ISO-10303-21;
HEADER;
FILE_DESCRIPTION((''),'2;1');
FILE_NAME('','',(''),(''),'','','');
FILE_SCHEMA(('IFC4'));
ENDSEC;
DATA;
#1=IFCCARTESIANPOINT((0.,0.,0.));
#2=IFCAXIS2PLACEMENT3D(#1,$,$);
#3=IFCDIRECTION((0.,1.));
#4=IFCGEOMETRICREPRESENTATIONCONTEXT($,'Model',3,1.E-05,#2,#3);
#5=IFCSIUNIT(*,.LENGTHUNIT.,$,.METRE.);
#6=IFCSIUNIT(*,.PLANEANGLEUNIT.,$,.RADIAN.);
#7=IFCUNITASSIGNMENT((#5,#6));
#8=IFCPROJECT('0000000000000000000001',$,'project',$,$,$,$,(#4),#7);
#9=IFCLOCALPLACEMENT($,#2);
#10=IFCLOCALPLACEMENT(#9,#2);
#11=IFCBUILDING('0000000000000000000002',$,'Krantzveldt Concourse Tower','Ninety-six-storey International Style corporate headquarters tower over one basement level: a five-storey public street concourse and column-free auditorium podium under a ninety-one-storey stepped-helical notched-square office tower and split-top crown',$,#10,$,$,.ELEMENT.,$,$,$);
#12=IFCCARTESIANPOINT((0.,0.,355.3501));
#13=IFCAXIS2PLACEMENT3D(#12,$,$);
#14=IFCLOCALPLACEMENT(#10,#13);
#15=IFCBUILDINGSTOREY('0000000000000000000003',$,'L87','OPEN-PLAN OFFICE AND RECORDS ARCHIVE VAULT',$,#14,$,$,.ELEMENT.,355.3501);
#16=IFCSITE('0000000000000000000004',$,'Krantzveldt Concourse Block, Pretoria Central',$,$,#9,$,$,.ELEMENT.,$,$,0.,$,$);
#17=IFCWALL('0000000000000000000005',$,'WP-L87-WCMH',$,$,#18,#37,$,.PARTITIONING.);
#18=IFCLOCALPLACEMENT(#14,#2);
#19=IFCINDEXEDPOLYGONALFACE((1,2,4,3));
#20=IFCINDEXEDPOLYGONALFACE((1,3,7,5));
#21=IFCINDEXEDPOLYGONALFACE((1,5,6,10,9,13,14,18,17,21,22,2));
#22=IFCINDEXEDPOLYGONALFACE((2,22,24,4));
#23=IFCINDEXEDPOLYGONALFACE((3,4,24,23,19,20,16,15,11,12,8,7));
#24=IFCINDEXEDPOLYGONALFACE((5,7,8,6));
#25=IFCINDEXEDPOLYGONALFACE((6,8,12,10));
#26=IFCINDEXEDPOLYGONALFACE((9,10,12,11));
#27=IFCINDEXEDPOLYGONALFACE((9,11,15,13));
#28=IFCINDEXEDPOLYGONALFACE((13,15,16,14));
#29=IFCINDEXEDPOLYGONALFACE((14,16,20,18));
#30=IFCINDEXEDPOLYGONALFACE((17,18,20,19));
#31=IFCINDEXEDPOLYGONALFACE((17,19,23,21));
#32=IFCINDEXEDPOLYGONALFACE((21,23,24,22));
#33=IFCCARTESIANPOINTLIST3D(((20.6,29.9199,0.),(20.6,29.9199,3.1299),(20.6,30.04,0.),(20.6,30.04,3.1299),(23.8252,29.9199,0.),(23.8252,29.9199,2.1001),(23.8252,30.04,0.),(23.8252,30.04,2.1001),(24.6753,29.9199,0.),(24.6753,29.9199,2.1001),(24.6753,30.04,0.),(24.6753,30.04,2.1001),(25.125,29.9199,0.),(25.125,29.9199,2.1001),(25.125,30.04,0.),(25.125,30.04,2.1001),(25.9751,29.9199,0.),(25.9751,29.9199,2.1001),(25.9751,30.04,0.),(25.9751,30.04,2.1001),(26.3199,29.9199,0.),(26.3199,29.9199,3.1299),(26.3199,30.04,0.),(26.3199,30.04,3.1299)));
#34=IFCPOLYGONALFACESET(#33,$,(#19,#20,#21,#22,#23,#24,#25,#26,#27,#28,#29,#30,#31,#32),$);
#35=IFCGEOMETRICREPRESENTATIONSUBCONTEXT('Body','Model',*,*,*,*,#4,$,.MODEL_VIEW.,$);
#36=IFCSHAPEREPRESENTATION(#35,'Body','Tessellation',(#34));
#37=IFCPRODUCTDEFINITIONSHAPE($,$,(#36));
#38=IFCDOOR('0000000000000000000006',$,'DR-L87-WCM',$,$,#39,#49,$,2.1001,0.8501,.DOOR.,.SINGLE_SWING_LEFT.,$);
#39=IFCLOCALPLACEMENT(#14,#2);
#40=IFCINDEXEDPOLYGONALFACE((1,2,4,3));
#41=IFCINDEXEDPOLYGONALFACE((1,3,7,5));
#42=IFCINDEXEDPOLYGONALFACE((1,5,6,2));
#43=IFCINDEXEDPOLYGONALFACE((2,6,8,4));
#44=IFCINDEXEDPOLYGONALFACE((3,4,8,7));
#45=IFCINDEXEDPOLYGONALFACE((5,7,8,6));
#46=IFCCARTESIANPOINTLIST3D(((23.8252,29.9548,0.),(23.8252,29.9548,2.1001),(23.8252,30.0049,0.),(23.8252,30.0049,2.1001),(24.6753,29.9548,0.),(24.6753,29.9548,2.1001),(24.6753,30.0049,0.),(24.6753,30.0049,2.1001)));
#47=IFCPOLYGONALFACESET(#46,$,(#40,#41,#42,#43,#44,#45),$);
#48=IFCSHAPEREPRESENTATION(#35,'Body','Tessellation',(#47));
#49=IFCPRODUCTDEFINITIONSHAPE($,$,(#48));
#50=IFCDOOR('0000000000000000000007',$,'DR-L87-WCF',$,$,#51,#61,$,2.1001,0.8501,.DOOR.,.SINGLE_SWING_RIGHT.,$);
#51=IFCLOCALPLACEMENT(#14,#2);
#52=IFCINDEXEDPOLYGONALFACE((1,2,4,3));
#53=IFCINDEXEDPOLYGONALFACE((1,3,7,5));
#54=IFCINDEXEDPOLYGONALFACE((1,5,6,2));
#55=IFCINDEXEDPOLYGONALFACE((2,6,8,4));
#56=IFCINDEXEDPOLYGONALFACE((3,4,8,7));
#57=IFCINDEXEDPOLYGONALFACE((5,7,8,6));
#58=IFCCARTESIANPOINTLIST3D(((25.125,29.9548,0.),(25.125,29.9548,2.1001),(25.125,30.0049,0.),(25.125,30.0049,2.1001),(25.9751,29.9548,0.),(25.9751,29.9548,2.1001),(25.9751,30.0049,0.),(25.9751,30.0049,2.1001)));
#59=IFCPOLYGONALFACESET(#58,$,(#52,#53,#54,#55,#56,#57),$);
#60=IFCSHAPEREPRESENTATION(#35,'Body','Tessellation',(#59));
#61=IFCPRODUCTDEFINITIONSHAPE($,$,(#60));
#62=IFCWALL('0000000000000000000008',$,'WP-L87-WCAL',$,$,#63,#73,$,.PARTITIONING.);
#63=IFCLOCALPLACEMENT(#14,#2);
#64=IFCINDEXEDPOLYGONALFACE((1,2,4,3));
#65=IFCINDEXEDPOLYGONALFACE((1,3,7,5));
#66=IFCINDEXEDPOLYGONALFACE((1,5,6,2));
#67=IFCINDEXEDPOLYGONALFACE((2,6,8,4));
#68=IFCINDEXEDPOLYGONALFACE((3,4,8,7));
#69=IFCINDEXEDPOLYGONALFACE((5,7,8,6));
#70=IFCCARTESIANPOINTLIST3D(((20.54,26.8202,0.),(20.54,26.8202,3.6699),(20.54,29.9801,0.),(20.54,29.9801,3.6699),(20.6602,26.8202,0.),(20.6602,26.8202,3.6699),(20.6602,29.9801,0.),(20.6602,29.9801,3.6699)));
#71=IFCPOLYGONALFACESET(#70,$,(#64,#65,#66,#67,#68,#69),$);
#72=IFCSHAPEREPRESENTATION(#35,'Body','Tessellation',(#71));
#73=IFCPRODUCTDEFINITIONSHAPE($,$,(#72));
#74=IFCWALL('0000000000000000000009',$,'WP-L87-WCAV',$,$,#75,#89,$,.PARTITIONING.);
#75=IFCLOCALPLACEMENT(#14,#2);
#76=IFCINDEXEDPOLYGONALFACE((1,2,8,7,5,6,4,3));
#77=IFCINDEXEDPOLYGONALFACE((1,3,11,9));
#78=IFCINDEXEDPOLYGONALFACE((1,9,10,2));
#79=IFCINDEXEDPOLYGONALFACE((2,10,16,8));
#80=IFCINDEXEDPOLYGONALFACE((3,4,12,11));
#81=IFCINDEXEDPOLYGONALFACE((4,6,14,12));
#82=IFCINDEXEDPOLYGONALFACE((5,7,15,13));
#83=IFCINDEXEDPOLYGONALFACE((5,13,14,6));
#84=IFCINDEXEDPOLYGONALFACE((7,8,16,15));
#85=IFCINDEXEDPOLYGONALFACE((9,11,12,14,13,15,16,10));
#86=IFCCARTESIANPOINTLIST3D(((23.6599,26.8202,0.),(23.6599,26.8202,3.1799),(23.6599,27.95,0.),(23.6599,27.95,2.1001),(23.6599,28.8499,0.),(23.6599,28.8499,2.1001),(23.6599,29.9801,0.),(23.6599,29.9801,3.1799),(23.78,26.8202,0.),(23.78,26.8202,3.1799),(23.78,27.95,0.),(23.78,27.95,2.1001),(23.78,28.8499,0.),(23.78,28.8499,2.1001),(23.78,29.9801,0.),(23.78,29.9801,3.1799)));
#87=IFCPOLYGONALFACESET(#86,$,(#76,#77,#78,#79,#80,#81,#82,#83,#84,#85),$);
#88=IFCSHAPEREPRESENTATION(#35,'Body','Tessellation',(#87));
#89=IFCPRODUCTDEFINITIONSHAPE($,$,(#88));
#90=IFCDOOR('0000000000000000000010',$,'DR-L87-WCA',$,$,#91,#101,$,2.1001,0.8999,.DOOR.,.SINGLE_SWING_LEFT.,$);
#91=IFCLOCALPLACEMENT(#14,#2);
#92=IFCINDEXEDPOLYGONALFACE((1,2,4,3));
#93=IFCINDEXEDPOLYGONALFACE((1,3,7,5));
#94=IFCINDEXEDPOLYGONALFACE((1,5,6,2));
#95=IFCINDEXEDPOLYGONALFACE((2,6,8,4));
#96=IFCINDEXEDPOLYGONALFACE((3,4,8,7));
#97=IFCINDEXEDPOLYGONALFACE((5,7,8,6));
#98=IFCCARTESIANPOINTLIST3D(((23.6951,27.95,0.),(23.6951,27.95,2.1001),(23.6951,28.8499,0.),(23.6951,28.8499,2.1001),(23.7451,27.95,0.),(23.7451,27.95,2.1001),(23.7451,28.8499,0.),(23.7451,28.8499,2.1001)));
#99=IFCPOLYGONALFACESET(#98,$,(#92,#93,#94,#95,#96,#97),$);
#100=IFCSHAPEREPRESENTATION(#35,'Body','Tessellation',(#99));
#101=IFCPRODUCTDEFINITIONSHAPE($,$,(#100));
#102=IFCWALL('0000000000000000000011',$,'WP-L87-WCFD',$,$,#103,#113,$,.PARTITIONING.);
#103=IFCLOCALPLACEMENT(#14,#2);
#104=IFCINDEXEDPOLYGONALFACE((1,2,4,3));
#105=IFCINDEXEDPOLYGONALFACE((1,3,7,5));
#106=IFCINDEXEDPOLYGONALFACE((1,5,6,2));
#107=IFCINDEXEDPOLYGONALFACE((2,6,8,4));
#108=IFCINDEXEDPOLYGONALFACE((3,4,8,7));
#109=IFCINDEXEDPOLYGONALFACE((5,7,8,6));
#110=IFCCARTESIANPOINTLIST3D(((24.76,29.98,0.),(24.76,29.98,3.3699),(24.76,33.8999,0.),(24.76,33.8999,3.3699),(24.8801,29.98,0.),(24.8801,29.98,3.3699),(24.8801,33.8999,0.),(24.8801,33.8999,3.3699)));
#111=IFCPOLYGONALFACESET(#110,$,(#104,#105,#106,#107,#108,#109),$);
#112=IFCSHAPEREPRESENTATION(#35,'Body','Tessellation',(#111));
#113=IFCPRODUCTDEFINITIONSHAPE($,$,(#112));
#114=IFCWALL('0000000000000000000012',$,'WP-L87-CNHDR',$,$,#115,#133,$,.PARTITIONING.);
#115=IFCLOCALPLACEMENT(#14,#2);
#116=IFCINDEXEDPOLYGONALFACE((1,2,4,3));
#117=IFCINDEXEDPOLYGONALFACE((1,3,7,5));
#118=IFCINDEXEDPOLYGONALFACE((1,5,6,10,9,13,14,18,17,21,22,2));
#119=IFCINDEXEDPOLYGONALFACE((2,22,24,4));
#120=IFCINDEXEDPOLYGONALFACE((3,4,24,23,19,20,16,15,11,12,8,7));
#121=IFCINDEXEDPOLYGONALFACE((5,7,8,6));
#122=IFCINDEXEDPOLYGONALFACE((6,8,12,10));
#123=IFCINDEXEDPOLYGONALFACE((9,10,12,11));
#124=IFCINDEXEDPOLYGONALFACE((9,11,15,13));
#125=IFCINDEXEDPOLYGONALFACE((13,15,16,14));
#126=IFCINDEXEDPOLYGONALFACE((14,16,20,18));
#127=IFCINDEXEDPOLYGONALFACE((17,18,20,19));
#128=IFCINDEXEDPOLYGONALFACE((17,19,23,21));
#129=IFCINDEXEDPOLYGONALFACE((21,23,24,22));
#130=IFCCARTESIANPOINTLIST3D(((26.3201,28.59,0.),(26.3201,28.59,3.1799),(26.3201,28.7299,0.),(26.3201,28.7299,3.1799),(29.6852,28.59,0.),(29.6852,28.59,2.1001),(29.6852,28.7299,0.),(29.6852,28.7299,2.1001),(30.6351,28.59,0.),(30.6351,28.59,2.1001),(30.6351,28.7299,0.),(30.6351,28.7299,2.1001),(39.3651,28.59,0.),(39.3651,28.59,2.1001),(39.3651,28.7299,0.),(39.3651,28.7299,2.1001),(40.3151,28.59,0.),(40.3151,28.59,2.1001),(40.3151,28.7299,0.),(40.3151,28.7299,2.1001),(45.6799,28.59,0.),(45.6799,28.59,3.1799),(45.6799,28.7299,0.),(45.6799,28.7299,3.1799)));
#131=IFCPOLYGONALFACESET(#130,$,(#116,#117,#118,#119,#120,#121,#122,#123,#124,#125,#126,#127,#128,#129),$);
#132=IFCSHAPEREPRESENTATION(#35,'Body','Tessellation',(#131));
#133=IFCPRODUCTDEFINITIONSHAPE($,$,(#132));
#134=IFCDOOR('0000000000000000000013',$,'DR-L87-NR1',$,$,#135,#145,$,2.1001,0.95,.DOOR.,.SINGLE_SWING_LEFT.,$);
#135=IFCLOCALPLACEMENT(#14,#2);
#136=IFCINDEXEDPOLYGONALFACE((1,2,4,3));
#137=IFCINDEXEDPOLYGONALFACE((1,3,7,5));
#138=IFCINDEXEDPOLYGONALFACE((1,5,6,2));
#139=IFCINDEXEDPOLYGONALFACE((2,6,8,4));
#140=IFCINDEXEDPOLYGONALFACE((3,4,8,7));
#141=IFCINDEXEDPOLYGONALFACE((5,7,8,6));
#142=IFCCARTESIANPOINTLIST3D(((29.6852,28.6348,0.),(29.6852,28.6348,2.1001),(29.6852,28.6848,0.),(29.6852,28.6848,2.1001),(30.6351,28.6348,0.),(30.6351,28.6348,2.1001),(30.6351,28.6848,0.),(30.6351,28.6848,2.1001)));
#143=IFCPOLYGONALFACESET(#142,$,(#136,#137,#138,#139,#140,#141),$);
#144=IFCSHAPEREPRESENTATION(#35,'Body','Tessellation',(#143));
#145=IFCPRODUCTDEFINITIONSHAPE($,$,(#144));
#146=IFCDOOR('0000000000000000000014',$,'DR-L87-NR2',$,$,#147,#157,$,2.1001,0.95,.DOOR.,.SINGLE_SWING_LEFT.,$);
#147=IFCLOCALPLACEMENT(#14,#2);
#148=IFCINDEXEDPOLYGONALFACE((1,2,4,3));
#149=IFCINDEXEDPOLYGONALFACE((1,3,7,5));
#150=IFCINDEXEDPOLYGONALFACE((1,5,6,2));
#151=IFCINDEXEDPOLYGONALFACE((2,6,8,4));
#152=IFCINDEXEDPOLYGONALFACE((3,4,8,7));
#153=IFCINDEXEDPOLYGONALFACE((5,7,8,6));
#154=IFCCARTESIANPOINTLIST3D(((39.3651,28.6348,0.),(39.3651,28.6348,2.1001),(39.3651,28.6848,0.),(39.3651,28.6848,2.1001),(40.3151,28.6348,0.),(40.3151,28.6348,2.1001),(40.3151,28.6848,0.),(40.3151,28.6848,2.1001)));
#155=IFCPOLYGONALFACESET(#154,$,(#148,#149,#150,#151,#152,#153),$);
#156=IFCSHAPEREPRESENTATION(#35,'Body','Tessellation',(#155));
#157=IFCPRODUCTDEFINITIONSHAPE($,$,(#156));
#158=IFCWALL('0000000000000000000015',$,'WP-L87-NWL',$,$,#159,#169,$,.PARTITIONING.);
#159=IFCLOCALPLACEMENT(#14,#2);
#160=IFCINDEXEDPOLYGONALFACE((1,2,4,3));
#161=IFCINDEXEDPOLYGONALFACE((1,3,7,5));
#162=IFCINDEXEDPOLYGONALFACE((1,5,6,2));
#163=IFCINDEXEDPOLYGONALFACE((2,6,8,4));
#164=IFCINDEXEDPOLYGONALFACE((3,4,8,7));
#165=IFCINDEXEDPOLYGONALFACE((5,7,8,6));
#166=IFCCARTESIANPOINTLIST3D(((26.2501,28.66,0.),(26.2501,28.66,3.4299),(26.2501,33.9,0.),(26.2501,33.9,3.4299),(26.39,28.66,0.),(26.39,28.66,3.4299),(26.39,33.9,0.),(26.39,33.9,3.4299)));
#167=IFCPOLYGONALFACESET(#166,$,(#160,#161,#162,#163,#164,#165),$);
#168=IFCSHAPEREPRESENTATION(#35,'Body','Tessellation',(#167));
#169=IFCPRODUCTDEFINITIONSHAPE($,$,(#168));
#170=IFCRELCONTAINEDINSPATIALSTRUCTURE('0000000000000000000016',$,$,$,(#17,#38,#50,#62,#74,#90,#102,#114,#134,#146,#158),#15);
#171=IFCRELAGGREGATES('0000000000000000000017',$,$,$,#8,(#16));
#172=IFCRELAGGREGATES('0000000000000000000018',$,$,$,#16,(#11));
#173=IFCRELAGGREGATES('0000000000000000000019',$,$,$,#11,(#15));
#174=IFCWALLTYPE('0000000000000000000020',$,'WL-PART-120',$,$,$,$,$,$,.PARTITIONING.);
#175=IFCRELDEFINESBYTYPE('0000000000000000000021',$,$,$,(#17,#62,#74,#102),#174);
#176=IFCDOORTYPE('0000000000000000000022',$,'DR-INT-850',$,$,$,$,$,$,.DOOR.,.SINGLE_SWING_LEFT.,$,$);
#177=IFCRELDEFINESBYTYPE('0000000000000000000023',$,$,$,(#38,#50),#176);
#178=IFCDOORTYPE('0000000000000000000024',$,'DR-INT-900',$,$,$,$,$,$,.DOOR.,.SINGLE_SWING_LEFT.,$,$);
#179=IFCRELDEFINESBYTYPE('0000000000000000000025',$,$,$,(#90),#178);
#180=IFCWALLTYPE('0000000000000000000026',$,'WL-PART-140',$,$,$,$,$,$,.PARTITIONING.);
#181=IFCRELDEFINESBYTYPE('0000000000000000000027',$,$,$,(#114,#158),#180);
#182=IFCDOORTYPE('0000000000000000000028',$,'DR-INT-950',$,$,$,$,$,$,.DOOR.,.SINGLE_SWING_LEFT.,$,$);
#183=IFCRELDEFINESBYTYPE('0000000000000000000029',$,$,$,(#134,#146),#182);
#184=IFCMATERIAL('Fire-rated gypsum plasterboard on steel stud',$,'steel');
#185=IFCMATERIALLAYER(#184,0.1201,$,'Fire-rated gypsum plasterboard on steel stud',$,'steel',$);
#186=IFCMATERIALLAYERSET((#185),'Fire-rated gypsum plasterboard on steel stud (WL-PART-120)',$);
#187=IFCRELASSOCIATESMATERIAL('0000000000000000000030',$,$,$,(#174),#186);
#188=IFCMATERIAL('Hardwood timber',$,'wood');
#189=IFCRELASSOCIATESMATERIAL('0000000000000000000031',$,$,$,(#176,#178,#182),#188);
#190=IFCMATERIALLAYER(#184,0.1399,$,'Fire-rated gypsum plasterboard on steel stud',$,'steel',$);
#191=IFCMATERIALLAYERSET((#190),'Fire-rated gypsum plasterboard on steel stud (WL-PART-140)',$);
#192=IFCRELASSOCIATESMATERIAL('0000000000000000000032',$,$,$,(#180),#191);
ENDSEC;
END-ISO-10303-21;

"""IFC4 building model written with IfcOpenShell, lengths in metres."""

from ifc_helpers import new_model, si_unit, direction, frame, frame_2d, origin, place, context, subcontext, project, spatial, rectangle, extrude, material, layer, layer_set, type_object, element, fill, save


model = new_model("IFC4")

# Units and contexts
model_context = context("Model", 3, precision=1e-05, world=origin(), true_north=direction((0.0, 1.0)))
body_context = subcontext(model_context, "Body", "Model", "MODEL_VIEW")
ifc_project = project(units=[si_unit("LENGTHUNIT", "METRE"), si_unit("PLANEANGLEUNIT", "RADIAN")], contexts=[model_context])

# Site, building, storey
site_placement = place(None, origin())
site = spatial("IfcSite", under=ifc_project, at=site_placement, Name="Krantzveldt Concourse Block, Pretoria Central", CompositionType="ELEMENT", RefElevation=0.0)
building_placement = place(site_placement, origin())
building = spatial("IfcBuilding", under=site, at=building_placement, Name="Krantzveldt Concourse Tower", Description="Ninety-six-storey International Style corporate headquarters tower over one basement level: a five-storey public street concourse and column-free auditorium podium under a ninety-one-storey stepped-helical notched-square office tower and split-top crown", CompositionType="ELEMENT")
storey_placement = place(building_placement, frame((0.0, 0.0, 355.3501)))
storey = spatial("IfcBuildingStorey", under=building, at=storey_placement, Name="L87", Description="OPEN-PLAN OFFICE AND RECORDS ARCHIVE VAULT", CompositionType="ELEMENT", Elevation=355.3501)

# Shared definitions
ifc_material_1 = material(Name="Fire-rated gypsum plasterboard on steel stud", Category="steel")
ifc_layer_1 = layer(ifc_material_1, 0.1201, Name="Fire-rated gypsum plasterboard on steel stud", Category="steel")
ifc_layer_set_1 = layer_set([ifc_layer_1], Name="Fire-rated gypsum plasterboard on steel stud (WL-PART-120)")
wall_type_1 = type_object("IfcWallType", Name="WL-PART-120", PredefinedType="PARTITIONING", material=ifc_layer_set_1)

# Wall, openings, doors
wall_1_placement = place(storey_placement, frame((20.6001, 29.98, 0.0), z_axis=(0.0, 0.0, 1.0), x_axis=(1.0, 0.0, 0.0)))
wall_1 = element("IfcWall", 1, at=wall_1_placement, inside=storey, type_object=wall_type_1, Name="WP-L87-WCMH", PredefinedType="PARTITIONING", context=body_context, shape_type="SweptSolid", body=[
    extrude(rectangle(XDim=5.72, YDim=0.1201, at=frame_2d((2.8599, 0.0))), origin(), (0.0, 0.0, 1.0), 3.1299),
])
opening_1_placement = place(wall_1_placement, frame((3.2251, 0.0, 0.0)))
opening_1 = element("IfcOpeningElement", 2, at=opening_1_placement, cuts=wall_1, PredefinedType="OPENING", context=body_context, shape_type="SweptSolid", body=[
    extrude(rectangle(XDim=0.8501, YDim=2.1001, at=frame_2d((0.425, 1.05))), frame((0.0, 0.0701, 0.0), z_axis=(0.0, -1.0, 0.0), x_axis=(1.0, 0.0, 0.0)), (0.0, 0.0, 1.0), 0.1401),
])
opening_2_placement = place(wall_1_placement, frame((4.5249, 0.0, 0.0)))
opening_2 = element("IfcOpeningElement", 3, at=opening_2_placement, cuts=wall_1, PredefinedType="OPENING", context=body_context, shape_type="SweptSolid", body=[
    extrude(rectangle(XDim=0.8501, YDim=2.1001, at=frame_2d((0.425, 1.05))), frame((0.0, 0.0701, 0.0), z_axis=(0.0, -1.0, 0.0), x_axis=(1.0, 0.0, 0.0)), (0.0, 0.0, 1.0), 0.1401),
])
ifc_material_2 = material(Name="Hardwood timber", Category="wood")
door_type_1 = type_object("IfcDoorType", Name="DR-INT-850", OperationType="SINGLE_SWING_LEFT", PredefinedType="DOOR", material=ifc_material_2)
door_1_placement = place(opening_1_placement, origin())
door_1 = element("IfcDoor", 4, at=door_1_placement, inside=storey, type_object=door_type_1, Name="DR-L87-WCM", OperationType="SINGLE_SWING_LEFT", OverallHeight=2.1001, OverallWidth=0.8501, PredefinedType="DOOR", context=body_context, shape_type="SweptSolid", body=[
    extrude(rectangle(XDim=0.8501, YDim=2.1001, at=frame_2d((0.425, 1.05))), frame((0.0, 0.0249, 0.0), z_axis=(0.0, -1.0, 0.0), x_axis=(1.0, 0.0, 0.0)), (0.0, 0.0, 1.0), 0.05),
])
fill(opening_1, door_1)
door_2_placement = place(opening_2_placement, origin())
door_2 = element("IfcDoor", 5, at=door_2_placement, inside=storey, type_object=door_type_1, Name="DR-L87-WCF", OperationType="SINGLE_SWING_RIGHT", OverallHeight=2.1001, OverallWidth=0.8501, PredefinedType="DOOR", context=body_context, shape_type="SweptSolid", body=[
    extrude(rectangle(XDim=0.8501, YDim=2.1001, at=frame_2d((0.425, 1.05))), frame((0.0, 0.0249, 0.0), z_axis=(0.0, -1.0, 0.0), x_axis=(1.0, 0.0, 0.0)), (0.0, 0.0, 1.0), 0.05),
])
fill(opening_2, door_2)

# Wall
wall_2_placement = place(storey_placement, frame((20.6001, 26.8201, 0.0), z_axis=(0.0, 0.0, 1.0), x_axis=(0.0, 1.0, 0.0)))
element("IfcWall", 6, at=wall_2_placement, inside=storey, type_object=wall_type_1, Name="WP-L87-WCAL", PredefinedType="PARTITIONING", context=body_context, shape_type="SweptSolid", body=[
    extrude(rectangle(XDim=3.1599, YDim=0.1201, at=frame_2d((1.5801, 0.0))), origin(), (0.0, 0.0, 1.0), 3.6699),
])

# Wall, opening, door
wall_3_placement = place(storey_placement, frame((23.72, 26.8201, 0.0), z_axis=(0.0, 0.0, 1.0), x_axis=(0.0, 1.0, 0.0)))
wall_3 = element("IfcWall", 7, at=wall_3_placement, inside=storey, type_object=wall_type_1, Name="WP-L87-WCAV", PredefinedType="PARTITIONING", context=body_context, shape_type="SweptSolid", body=[
    extrude(rectangle(XDim=3.1599, YDim=0.1201, at=frame_2d((1.5801, 0.0))), origin(), (0.0, 0.0, 1.0), 3.1799),
])
opening_3_placement = place(wall_3_placement, frame((1.1299, 0.0, 0.0)))
opening_3 = element("IfcOpeningElement", 8, at=opening_3_placement, cuts=wall_3, PredefinedType="OPENING", context=body_context, shape_type="SweptSolid", body=[
    extrude(rectangle(XDim=0.8999, YDim=2.1001, at=frame_2d((0.45, 1.05))), frame((0.0, 0.0701, 0.0), z_axis=(0.0, -1.0, 0.0), x_axis=(1.0, 0.0, 0.0)), (0.0, 0.0, 1.0), 0.1401),
])
door_type_2 = type_object("IfcDoorType", Name="DR-INT-900", OperationType="SINGLE_SWING_LEFT", PredefinedType="DOOR", material=ifc_material_2)
door_3_placement = place(opening_3_placement, origin())
door_3 = element("IfcDoor", 9, at=door_3_placement, inside=storey, type_object=door_type_2, Name="DR-L87-WCA", OperationType="SINGLE_SWING_LEFT", OverallHeight=2.1001, OverallWidth=0.8999, PredefinedType="DOOR", context=body_context, shape_type="SweptSolid", body=[
    extrude(rectangle(XDim=0.8999, YDim=2.1001, at=frame_2d((0.45, 1.05))), frame((0.0, 0.0249, 0.0), z_axis=(0.0, -1.0, 0.0), x_axis=(1.0, 0.0, 0.0)), (0.0, 0.0, 1.0), 0.05),
])
fill(opening_3, door_3)

# Wall
wall_4_placement = place(storey_placement, frame((24.8201, 29.98, 0.0), z_axis=(0.0, 0.0, 1.0), x_axis=(0.0, 1.0, 0.0)))
element("IfcWall", 10, at=wall_4_placement, inside=storey, type_object=wall_type_1, Name="WP-L87-WCFD", PredefinedType="PARTITIONING", context=body_context, shape_type="SweptSolid", body=[
    extrude(rectangle(XDim=3.9199, YDim=0.1201, at=frame_2d((1.96, 0.0))), origin(), (0.0, 0.0, 1.0), 3.3699),
])

# Wall, openings, doors
ifc_layer_2 = layer(ifc_material_1, 0.1399, Name="Fire-rated gypsum plasterboard on steel stud", Category="steel")
ifc_layer_set_2 = layer_set([ifc_layer_2], Name="Fire-rated gypsum plasterboard on steel stud (WL-PART-140)")
wall_type_2 = type_object("IfcWallType", Name="WL-PART-140", PredefinedType="PARTITIONING", material=ifc_layer_set_2)
wall_5_placement = place(storey_placement, frame((26.3201, 28.6599, 0.0), z_axis=(0.0, 0.0, 1.0), x_axis=(1.0, 0.0, 0.0)))
wall_5 = element("IfcWall", 11, at=wall_5_placement, inside=storey, type_object=wall_type_2, Name="WP-L87-CNHDR", PredefinedType="PARTITIONING", context=body_context, shape_type="SweptSolid", body=[
    extrude(rectangle(XDim=19.3599, YDim=0.1399, at=frame_2d((9.6799, 0.0))), origin(), (0.0, 0.0, 1.0), 3.1799),
])
opening_4_placement = place(wall_5_placement, frame((3.365, 0.0, 0.0)))
opening_4 = element("IfcOpeningElement", 12, at=opening_4_placement, cuts=wall_5, PredefinedType="OPENING", context=body_context, shape_type="SweptSolid", body=[
    extrude(rectangle(XDim=0.95, YDim=2.1001, at=frame_2d((0.4751, 1.05))), frame((0.0, 0.0801, 0.0), z_axis=(0.0, -1.0, 0.0), x_axis=(1.0, 0.0, 0.0)), (0.0, 0.0, 1.0), 0.1599),
])
opening_5_placement = place(wall_5_placement, frame((13.0449, 0.0, 0.0)))
opening_5 = element("IfcOpeningElement", 13, at=opening_5_placement, cuts=wall_5, PredefinedType="OPENING", context=body_context, shape_type="SweptSolid", body=[
    extrude(rectangle(XDim=0.95, YDim=2.1001, at=frame_2d((0.4751, 1.05))), frame((0.0, 0.0801, 0.0), z_axis=(0.0, -1.0, 0.0), x_axis=(1.0, 0.0, 0.0)), (0.0, 0.0, 1.0), 0.1599),
])
door_type_3 = type_object("IfcDoorType", Name="DR-INT-950", OperationType="SINGLE_SWING_LEFT", PredefinedType="DOOR", material=ifc_material_2)
door_4_placement = place(opening_4_placement, origin())
door_4 = element("IfcDoor", 14, at=door_4_placement, inside=storey, type_object=door_type_3, Name="DR-L87-NR1", OperationType="SINGLE_SWING_LEFT", OverallHeight=2.1001, OverallWidth=0.95, PredefinedType="DOOR", context=body_context, shape_type="SweptSolid", body=[
    extrude(rectangle(XDim=0.95, YDim=2.1001, at=frame_2d((0.4751, 1.05))), frame((0.0, 0.0249, 0.0), z_axis=(0.0, -1.0, 0.0), x_axis=(1.0, 0.0, 0.0)), (0.0, 0.0, 1.0), 0.05),
])
fill(opening_4, door_4)
door_5_placement = place(opening_5_placement, origin())
door_5 = element("IfcDoor", 15, at=door_5_placement, inside=storey, type_object=door_type_3, Name="DR-L87-NR2", OperationType="SINGLE_SWING_LEFT", OverallHeight=2.1001, OverallWidth=0.95, PredefinedType="DOOR", context=body_context, shape_type="SweptSolid", body=[
    extrude(rectangle(XDim=0.95, YDim=2.1001, at=frame_2d((0.4751, 1.05))), frame((0.0, 0.0249, 0.0), z_axis=(0.0, -1.0, 0.0), x_axis=(1.0, 0.0, 0.0)), (0.0, 0.0, 1.0), 0.05),
])
fill(opening_5, door_5)

# Wall
wall_6_placement = place(storey_placement, frame((26.3201, 28.6599, 0.0), z_axis=(0.0, 0.0, 1.0), x_axis=(0.0, 1.0, 0.0)))
element("IfcWall", 16, at=wall_6_placement, inside=storey, type_object=wall_type_2, Name="WP-L87-NWL", PredefinedType="PARTITIONING", context=body_context, shape_type="SweptSolid", body=[
    extrude(rectangle(XDim=5.24, YDim=0.1399, at=frame_2d((2.6201, 0.0))), origin(), (0.0, 0.0, 1.0), 3.4299),
])

save(model, "model.ifc")
